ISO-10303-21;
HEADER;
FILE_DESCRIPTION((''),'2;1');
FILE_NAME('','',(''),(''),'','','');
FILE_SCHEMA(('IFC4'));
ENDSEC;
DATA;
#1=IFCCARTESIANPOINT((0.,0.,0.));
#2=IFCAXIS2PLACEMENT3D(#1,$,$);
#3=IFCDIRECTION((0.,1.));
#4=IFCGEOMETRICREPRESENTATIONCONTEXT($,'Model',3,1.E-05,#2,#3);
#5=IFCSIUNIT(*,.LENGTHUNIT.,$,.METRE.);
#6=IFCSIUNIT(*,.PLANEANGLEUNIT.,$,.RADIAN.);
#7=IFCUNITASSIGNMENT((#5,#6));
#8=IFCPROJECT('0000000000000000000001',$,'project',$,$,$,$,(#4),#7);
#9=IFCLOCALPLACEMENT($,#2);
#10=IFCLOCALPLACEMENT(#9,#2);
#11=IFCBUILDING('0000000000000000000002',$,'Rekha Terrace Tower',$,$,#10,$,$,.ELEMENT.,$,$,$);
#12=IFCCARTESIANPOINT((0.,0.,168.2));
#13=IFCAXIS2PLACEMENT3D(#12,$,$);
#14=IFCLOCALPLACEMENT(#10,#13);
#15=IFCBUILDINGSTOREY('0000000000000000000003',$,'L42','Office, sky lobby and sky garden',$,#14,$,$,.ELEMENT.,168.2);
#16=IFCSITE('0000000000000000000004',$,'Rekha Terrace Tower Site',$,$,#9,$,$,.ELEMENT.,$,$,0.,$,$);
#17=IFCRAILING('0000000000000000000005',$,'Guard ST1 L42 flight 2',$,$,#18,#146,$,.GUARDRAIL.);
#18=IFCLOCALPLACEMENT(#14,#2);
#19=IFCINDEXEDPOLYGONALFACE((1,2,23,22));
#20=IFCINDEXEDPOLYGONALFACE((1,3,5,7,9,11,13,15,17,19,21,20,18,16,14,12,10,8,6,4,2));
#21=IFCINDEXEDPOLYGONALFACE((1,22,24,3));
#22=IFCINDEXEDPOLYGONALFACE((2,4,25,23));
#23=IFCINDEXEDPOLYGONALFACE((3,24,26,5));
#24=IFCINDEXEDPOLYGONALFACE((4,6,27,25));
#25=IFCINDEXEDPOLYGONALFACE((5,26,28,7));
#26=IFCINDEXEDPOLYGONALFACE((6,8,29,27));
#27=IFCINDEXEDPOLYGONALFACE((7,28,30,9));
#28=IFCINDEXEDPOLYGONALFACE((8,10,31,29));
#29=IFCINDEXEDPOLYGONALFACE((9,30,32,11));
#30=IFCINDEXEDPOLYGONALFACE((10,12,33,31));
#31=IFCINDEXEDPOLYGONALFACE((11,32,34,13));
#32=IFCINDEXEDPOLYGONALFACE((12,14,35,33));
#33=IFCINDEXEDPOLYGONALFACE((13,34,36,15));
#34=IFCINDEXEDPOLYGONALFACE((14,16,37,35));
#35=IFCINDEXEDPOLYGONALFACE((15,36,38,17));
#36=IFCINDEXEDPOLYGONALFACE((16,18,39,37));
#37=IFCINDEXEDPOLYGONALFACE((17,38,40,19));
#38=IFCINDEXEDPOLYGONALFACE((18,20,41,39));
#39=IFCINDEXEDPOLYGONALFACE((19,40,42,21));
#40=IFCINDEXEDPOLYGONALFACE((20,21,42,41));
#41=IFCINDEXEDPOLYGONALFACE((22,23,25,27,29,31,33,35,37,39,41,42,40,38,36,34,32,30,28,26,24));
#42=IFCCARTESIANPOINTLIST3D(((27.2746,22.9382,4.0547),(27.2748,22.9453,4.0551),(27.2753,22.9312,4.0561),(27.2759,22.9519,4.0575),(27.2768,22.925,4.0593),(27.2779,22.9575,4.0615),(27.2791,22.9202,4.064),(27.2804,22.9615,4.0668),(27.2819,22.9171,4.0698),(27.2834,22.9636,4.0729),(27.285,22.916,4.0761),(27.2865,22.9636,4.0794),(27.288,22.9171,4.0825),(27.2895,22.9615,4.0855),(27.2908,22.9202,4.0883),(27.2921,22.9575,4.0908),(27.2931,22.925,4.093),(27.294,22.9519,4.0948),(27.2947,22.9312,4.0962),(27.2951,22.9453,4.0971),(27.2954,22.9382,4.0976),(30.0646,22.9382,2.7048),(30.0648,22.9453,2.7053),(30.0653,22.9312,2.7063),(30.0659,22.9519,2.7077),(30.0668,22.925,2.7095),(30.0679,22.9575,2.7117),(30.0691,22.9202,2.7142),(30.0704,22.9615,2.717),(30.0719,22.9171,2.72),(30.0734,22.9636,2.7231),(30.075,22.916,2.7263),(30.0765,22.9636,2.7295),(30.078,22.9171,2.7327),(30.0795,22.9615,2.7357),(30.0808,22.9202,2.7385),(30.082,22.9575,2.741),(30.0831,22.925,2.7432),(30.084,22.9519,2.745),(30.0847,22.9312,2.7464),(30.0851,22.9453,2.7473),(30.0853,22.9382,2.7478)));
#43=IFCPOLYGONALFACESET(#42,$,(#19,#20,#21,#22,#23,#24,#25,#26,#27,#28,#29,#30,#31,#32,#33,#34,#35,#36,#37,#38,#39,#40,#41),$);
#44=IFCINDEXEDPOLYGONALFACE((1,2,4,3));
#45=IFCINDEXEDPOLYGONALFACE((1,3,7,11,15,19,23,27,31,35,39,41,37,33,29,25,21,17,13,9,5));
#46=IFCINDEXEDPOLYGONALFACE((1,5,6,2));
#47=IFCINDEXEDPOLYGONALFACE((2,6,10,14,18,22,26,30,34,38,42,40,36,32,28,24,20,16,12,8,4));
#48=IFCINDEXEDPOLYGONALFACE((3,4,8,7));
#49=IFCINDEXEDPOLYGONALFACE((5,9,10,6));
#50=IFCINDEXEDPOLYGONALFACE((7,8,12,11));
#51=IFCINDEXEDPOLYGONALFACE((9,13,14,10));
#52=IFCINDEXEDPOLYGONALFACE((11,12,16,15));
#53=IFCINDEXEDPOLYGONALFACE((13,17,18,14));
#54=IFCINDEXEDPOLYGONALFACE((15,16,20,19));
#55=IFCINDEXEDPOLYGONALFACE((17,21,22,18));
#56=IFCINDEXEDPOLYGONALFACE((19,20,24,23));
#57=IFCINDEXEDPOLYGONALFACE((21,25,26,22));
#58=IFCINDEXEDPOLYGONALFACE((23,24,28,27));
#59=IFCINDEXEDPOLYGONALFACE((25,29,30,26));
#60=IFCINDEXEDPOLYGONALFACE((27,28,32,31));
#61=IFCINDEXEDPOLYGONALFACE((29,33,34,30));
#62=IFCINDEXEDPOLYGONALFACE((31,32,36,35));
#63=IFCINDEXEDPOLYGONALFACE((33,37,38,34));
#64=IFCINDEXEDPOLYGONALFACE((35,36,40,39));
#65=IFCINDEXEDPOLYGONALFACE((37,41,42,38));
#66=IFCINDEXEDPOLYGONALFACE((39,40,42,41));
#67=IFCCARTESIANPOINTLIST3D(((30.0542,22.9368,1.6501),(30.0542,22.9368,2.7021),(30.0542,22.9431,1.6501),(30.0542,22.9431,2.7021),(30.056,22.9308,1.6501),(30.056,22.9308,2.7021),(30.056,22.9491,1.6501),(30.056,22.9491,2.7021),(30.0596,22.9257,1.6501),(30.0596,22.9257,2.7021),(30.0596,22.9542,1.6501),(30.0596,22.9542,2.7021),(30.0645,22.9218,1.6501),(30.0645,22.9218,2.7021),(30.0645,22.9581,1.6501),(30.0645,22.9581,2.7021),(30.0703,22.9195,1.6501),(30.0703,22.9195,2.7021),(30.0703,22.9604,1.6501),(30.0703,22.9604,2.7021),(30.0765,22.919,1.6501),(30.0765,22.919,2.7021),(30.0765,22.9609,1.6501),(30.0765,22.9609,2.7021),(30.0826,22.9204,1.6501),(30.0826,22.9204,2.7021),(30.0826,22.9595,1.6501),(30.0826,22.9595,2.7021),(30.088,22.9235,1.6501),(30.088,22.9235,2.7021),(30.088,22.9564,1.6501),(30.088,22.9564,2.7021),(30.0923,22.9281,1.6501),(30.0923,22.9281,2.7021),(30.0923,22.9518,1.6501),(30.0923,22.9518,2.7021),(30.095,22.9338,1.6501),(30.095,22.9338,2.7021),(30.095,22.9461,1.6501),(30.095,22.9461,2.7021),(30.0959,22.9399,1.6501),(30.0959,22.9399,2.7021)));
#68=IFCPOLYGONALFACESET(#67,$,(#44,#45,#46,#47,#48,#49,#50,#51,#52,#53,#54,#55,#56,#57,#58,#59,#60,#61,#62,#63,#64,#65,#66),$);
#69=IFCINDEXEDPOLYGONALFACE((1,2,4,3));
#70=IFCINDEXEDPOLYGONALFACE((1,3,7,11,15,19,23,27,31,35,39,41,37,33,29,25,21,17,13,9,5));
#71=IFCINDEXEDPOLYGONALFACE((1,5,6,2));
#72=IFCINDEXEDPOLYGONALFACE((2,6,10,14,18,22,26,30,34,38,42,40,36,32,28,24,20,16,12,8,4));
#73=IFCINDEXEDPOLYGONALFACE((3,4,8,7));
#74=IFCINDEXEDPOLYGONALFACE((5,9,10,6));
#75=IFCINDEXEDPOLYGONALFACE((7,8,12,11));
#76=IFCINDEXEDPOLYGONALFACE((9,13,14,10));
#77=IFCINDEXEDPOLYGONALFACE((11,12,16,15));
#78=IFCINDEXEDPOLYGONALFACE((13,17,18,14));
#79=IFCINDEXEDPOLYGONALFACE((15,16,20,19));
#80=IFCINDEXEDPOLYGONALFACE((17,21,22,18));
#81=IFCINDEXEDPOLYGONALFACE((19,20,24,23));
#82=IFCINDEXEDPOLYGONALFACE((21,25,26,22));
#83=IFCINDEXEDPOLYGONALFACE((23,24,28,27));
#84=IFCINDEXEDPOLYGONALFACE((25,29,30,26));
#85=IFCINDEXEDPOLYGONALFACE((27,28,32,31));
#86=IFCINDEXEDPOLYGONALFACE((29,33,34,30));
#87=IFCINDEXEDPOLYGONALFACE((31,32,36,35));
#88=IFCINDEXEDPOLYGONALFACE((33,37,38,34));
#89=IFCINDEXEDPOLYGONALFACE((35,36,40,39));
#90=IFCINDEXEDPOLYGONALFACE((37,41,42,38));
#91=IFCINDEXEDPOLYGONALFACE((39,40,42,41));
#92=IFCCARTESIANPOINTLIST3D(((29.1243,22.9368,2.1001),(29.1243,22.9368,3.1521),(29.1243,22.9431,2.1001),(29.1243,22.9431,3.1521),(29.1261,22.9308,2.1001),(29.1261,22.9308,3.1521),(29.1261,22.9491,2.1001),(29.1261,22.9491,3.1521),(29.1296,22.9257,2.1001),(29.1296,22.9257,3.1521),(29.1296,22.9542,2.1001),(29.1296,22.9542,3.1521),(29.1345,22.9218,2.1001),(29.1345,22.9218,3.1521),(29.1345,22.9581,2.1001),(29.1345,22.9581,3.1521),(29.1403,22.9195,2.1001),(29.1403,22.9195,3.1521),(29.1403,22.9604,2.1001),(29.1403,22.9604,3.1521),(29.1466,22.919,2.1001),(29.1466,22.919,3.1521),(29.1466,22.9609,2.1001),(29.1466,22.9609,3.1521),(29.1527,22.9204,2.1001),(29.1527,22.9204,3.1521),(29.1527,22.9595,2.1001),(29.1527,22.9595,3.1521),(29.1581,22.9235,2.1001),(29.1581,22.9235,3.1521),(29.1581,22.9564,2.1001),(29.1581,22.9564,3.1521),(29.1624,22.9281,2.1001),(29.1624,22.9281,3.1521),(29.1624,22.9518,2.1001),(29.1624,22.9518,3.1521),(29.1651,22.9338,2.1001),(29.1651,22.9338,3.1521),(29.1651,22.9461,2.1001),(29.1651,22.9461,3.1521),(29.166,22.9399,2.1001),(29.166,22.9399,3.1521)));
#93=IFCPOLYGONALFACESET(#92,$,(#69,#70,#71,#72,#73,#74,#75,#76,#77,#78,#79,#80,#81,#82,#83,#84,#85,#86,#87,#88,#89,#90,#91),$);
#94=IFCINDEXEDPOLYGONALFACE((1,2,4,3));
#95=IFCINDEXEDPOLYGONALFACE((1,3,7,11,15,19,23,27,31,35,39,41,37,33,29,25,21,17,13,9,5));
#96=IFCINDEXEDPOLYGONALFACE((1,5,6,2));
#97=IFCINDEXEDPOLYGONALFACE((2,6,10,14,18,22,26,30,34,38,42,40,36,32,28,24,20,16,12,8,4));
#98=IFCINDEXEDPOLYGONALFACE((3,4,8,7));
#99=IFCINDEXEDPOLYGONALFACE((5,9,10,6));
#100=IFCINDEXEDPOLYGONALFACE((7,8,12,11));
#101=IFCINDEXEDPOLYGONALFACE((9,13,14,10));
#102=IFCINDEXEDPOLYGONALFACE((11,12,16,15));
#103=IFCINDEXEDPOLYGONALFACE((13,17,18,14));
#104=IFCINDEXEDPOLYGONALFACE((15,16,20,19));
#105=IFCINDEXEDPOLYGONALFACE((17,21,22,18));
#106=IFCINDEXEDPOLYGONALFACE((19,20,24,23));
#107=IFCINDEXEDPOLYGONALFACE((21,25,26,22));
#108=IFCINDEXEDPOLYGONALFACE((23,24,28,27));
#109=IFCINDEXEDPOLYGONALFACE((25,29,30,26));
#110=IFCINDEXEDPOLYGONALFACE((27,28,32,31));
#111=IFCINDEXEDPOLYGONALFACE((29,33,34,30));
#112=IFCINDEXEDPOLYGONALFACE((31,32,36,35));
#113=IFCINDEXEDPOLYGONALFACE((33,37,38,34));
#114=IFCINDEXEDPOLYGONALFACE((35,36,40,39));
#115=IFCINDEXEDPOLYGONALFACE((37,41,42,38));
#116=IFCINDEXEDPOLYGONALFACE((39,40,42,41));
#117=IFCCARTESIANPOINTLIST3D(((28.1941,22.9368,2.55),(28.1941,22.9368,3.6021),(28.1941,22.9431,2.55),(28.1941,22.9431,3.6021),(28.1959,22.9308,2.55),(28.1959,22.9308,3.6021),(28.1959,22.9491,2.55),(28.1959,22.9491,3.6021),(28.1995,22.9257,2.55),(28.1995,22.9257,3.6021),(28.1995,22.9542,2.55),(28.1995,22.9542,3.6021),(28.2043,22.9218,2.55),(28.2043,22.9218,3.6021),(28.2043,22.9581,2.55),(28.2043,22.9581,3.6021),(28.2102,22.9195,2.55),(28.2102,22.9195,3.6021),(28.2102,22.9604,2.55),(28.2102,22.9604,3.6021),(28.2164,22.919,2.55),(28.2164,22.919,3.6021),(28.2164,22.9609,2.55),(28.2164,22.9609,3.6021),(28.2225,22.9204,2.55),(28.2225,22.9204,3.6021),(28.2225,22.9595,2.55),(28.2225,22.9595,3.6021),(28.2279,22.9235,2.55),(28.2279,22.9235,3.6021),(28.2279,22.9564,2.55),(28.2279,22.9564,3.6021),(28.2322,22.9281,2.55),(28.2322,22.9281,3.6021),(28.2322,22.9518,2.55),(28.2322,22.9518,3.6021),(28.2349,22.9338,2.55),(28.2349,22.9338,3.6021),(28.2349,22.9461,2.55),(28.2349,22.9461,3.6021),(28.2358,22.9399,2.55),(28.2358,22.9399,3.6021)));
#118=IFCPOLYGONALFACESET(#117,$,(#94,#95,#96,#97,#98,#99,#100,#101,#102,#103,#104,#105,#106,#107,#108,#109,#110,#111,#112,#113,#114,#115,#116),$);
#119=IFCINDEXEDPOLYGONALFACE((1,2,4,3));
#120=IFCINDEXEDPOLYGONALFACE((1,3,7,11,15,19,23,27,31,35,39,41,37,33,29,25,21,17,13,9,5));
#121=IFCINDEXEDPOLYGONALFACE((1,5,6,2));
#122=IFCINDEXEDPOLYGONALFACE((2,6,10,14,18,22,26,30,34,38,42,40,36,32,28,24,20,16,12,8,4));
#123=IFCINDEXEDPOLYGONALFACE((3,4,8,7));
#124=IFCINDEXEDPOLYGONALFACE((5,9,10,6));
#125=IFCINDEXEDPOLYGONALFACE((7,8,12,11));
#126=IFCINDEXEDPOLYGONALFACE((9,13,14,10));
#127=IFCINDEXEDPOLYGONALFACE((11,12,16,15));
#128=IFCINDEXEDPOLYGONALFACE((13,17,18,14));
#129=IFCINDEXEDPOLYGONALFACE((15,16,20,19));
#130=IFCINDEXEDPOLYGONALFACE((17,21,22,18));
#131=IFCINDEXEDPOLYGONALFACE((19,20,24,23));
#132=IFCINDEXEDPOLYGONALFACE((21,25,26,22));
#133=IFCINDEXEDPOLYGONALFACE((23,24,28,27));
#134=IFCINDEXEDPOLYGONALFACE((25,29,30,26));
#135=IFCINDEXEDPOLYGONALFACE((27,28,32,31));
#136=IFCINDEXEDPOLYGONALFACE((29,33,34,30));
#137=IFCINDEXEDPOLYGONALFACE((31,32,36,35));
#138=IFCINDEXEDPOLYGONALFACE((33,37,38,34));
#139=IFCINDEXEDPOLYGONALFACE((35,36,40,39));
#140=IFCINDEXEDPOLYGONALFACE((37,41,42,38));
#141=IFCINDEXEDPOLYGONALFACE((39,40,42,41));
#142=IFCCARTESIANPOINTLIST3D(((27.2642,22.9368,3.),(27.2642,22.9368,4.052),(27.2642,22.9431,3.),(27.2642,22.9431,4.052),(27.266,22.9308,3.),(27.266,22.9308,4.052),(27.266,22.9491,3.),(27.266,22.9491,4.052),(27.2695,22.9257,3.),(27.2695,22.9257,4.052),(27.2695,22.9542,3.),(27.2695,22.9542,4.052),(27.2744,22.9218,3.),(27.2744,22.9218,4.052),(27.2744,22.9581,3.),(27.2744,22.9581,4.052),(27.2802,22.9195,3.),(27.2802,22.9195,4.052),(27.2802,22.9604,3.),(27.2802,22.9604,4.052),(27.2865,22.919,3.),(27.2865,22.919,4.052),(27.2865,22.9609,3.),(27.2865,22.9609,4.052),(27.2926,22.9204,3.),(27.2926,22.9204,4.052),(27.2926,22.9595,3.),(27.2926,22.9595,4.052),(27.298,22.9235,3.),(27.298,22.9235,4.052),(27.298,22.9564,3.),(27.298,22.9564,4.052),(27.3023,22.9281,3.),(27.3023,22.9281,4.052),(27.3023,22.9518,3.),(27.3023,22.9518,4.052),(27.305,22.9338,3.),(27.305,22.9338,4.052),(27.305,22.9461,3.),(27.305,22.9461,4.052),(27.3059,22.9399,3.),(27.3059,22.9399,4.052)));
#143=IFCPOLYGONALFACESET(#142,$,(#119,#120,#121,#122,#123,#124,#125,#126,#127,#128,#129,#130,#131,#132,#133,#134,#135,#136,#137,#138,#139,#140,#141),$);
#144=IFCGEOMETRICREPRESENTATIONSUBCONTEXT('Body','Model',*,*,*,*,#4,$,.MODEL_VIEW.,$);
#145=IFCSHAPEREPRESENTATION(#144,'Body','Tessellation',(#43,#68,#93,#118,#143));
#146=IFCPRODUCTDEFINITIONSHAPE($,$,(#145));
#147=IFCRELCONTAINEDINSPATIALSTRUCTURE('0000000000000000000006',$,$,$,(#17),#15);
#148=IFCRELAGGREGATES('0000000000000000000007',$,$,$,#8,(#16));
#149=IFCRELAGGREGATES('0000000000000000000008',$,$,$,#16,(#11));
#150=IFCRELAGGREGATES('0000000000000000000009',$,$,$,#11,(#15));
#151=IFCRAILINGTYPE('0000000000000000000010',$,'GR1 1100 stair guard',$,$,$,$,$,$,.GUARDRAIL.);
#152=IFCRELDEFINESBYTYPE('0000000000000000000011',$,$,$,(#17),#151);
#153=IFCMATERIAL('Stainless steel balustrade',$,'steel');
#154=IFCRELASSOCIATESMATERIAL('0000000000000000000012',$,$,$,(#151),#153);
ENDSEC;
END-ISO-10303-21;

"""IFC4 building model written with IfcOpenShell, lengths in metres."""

from ifc_helpers import new_model, si_unit, direction, frame, origin, origin_2d, place, context, subcontext, project, spatial, circle, extrude, material, type_object, element, save


model = new_model("IFC4")

# Units and contexts
model_context = context("Model", 3, precision=1e-05, world=origin(), true_north=direction((0.0, 1.0)))
body_context = subcontext(model_context, "Body", "Model", "MODEL_VIEW")
ifc_project = project(units=[si_unit("LENGTHUNIT", "METRE"), si_unit("PLANEANGLEUNIT", "RADIAN")], contexts=[model_context])

# Site, building, storey
site_placement = place(None, origin())
site = spatial("IfcSite", under=ifc_project, at=site_placement, Name="Rekha Terrace Tower Site", CompositionType="ELEMENT", RefElevation=0.0)
building_placement = place(site_placement, origin())
building = spatial("IfcBuilding", under=site, at=building_placement, Name="Rekha Terrace Tower", CompositionType="ELEMENT")
storey_placement = place(building_placement, frame((0.0, 0.0, 168.2)))
storey = spatial("IfcBuildingStorey", under=building, at=storey_placement, Name="L42", Description="Office, sky lobby and sky garden", CompositionType="ELEMENT", Elevation=168.2)

# Railing
ifc_material_1 = material(Name="Stainless steel balustrade", Category="steel")
railing_type_1 = type_object("IfcRailingType", Name="GR1 1100 stair guard", PredefinedType="GUARDRAIL", material=ifc_material_1)
railing_1_placement = place(storey_placement, frame((30.075, 22.9399, 1.6501)))
element("IfcRailing", 1, at=railing_1_placement, inside=storey, type_object=railing_type_1, Name="Guard ST1 L42 flight 2", PredefinedType="GUARDRAIL", context=body_context, shape_type="SweptSolid", body=[
    extrude(circle(Radius=0.0239, at=origin_2d()), frame((0.0, 0.0, 1.0762), z_axis=(-0.90018, 0.0, 0.435518), x_axis=(0.0, -1.0, 0.0)), (0.0, 0.0, 1.0), 3.0994),
    extrude(circle(Radius=0.021, at=origin_2d()), origin(), (0.0, 0.0, 1.0), 1.052),
    extrude(circle(Radius=0.021, at=origin_2d()), frame((-0.9299, 0.0, 0.45)), (0.0, 0.0, 1.0), 1.052),
    extrude(circle(Radius=0.021, at=origin_2d()), frame((-1.8601, 0.0, 0.8999)), (0.0, 0.0, 1.0), 1.052),
    extrude(circle(Radius=0.021, at=origin_2d()), frame((-2.79, 0.0, 1.3499)), (0.0, 0.0, 1.0), 1.052),
])

save(model, "model.ifc")
